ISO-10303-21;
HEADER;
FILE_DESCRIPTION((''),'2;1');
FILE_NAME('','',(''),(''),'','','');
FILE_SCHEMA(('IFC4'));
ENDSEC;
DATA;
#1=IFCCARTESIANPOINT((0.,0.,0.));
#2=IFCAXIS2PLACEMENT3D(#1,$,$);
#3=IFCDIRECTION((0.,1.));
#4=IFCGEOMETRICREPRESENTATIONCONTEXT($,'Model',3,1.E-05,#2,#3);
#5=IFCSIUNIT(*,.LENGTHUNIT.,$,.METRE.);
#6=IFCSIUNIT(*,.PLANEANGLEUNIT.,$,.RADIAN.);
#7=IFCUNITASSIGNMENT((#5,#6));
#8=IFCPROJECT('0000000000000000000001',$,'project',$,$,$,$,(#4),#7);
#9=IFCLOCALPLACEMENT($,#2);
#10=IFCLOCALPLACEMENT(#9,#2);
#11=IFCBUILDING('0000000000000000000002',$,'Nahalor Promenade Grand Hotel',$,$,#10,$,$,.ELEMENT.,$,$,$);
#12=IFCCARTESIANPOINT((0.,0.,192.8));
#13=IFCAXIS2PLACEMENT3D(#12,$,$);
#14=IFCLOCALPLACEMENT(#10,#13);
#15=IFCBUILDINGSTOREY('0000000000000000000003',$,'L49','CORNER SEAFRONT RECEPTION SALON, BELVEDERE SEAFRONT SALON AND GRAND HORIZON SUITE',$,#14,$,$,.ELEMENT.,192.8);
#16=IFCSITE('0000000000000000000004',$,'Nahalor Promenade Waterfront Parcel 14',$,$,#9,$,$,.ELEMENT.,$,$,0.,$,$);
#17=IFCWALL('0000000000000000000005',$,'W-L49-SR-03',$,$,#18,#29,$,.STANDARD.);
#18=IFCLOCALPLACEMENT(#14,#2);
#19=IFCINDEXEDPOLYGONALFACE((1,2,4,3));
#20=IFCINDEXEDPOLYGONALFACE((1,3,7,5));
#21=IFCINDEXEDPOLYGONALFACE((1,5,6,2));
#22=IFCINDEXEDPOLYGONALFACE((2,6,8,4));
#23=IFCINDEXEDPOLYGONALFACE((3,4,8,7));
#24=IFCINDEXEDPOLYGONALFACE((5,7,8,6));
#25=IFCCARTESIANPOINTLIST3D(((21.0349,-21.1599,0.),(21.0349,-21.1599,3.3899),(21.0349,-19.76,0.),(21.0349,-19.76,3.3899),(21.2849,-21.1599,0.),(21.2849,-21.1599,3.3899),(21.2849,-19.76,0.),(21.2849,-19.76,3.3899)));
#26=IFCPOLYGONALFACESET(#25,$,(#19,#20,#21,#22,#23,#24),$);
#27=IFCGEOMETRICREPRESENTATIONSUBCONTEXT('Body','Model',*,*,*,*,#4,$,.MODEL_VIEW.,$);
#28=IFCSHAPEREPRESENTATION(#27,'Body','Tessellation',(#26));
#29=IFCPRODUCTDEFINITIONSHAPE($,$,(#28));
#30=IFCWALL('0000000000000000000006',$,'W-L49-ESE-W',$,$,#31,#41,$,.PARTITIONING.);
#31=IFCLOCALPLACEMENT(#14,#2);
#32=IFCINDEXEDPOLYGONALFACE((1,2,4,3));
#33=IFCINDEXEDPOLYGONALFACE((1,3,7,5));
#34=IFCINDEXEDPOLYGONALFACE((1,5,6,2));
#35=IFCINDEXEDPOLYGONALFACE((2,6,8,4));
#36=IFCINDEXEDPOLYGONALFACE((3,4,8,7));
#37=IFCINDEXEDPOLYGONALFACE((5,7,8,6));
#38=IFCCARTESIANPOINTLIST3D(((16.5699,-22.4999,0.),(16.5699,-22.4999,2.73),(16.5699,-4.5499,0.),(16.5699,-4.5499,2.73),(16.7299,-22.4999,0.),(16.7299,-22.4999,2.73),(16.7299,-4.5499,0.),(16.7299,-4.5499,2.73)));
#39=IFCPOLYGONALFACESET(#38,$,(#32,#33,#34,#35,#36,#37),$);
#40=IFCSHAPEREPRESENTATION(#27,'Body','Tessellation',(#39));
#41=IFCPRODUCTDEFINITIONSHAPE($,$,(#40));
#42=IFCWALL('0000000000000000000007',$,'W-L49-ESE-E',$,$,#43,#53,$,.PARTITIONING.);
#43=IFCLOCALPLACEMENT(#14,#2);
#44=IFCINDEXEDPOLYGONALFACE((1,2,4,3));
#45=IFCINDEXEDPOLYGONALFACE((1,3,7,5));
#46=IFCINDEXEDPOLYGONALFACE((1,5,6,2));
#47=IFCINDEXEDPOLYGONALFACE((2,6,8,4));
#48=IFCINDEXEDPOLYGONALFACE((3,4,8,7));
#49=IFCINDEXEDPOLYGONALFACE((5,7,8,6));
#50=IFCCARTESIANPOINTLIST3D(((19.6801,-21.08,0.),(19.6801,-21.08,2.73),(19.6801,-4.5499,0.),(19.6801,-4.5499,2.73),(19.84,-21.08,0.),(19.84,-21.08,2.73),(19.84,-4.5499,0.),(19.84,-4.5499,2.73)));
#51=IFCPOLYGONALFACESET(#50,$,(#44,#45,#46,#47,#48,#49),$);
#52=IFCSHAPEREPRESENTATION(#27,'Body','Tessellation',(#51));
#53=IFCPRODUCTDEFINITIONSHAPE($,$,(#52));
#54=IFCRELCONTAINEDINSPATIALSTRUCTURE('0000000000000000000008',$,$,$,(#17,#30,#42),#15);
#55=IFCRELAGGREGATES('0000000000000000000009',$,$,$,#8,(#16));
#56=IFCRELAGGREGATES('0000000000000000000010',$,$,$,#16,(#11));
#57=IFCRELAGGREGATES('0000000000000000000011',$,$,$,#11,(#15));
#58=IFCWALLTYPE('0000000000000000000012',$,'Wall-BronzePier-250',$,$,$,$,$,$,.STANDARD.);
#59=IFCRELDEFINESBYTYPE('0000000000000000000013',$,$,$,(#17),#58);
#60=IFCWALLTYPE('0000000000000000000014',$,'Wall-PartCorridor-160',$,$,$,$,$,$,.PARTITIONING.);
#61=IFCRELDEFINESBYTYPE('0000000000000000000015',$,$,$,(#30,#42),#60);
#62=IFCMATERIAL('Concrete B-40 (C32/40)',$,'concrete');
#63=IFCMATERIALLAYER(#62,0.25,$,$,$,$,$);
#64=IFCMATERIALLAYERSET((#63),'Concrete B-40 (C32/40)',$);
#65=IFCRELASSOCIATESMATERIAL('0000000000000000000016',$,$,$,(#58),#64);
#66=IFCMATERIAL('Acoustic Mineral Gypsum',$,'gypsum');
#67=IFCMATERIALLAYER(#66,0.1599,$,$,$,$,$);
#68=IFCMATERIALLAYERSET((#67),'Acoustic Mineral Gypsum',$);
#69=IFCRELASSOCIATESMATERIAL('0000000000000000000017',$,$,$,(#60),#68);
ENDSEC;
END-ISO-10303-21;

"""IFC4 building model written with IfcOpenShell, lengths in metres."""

from ifc_helpers import new_model, si_unit, direction, frame, frame_2d, origin, place, context, subcontext, project, spatial, rectangle, extrude, source, transform, mapped, material, layer, layer_set, type_object, element, save


model = new_model("IFC4")

# Units and contexts
model_context = context("Model", 3, precision=1e-05, world=origin(), true_north=direction((0.0, 1.0)))
body_context = subcontext(model_context, "Body", "Model", "MODEL_VIEW")
ifc_project = project(units=[si_unit("LENGTHUNIT", "METRE"), si_unit("PLANEANGLEUNIT", "RADIAN")], contexts=[model_context])

# Site, building, storey
site_placement = place(None, origin())
site = spatial("IfcSite", under=ifc_project, at=site_placement, Name="Nahalor Promenade Waterfront Parcel 14", CompositionType="ELEMENT", RefElevation=0.0)
building_placement = place(site_placement, origin())
building = spatial("IfcBuilding", under=site, at=building_placement, Name="Nahalor Promenade Grand Hotel", CompositionType="ELEMENT")
storey_placement = place(building_placement, frame((0.0, 0.0, 192.8)))
storey = spatial("IfcBuildingStorey", under=building, at=storey_placement, Name="L49", Description="CORNER SEAFRONT RECEPTION SALON, BELVEDERE SEAFRONT SALON AND GRAND HORIZON SUITE", CompositionType="ELEMENT", Elevation=192.8)

# Walls
ifc_material_1 = material(Name="Concrete B-40 (C32/40)", Category="concrete")
ifc_layer_1 = layer(ifc_material_1, 0.25)
ifc_layer_set_1 = layer_set([ifc_layer_1], Name="Concrete B-40 (C32/40)")
wall_type_1 = type_object("IfcWallType", Name="Wall-BronzePier-250", PredefinedType="STANDARD", material=ifc_layer_set_1)
shared_shape_1 = source(origin(), body_context, "Body", "SweptSolid", [
    extrude(rectangle(XDim=1.3999, YDim=0.25, at=frame_2d((0.7, 0.0))), origin(), (0.0, 0.0, 1.0), 3.3899),
])
for number, where, z_axis, x_axis, name in (
    (1, (21.1599, -21.1599, 0.0), (0.0, 0.0, 1.0), (0.0, 1.0, 0.0), "W-L49-SR-03"),
):
    element("IfcWall", number, at=place(storey_placement, frame(where, z_axis=z_axis, x_axis=x_axis)), inside=storey, type_object=wall_type_1, Name=name, PredefinedType="STANDARD", context=body_context, shape_type="MappedRepresentation", body=[
        mapped(shared_shape_1, transform((0.0, 0.0, 0.0), scale=1.0)),
    ])
ifc_material_2 = material(Name="Acoustic Mineral Gypsum", Category="gypsum")
ifc_layer_2 = layer(ifc_material_2, 0.1599)
ifc_layer_set_2 = layer_set([ifc_layer_2], Name="Acoustic Mineral Gypsum")
wall_type_2 = type_object("IfcWallType", Name="Wall-PartCorridor-160", PredefinedType="PARTITIONING", material=ifc_layer_set_2)
shared_shape_2 = source(origin(), body_context, "Body", "SweptSolid", [
    extrude(rectangle(XDim=17.95, YDim=0.1599, at=frame_2d((8.9751, 0.0))), origin(), (0.0, 0.0, 1.0), 2.73),
])
wall_1_placement = place(storey_placement, frame((16.6499, -22.5, 0.0), z_axis=(0.0, 0.0, 1.0), x_axis=(0.0, 1.0, 0.0)))
element("IfcWall", 2, at=wall_1_placement, inside=storey, type_object=wall_type_2, Name="W-L49-ESE-W", PredefinedType="PARTITIONING", context=body_context, shape_type="MappedRepresentation", body=[
    mapped(shared_shape_2, transform((0.0, 0.0, 0.0), scale=1.0)),
])
shared_shape_3 = source(origin(), body_context, "Body", "SweptSolid", [
    extrude(rectangle(XDim=16.53, YDim=0.1599, at=frame_2d((8.2651, 0.0))), origin(), (0.0, 0.0, 1.0), 2.73),
])
wall_2_placement = place(storey_placement, frame((19.76, -21.0801, 0.0), z_axis=(0.0, 0.0, 1.0), x_axis=(0.0, 1.0, 0.0)))
element("IfcWall", 3, at=wall_2_placement, inside=storey, type_object=wall_type_2, Name="W-L49-ESE-E", PredefinedType="PARTITIONING", context=body_context, shape_type="MappedRepresentation", body=[
    mapped(shared_shape_3, transform((0.0, 0.0, 0.0), scale=1.0)),
])

save(model, "model.ifc")
